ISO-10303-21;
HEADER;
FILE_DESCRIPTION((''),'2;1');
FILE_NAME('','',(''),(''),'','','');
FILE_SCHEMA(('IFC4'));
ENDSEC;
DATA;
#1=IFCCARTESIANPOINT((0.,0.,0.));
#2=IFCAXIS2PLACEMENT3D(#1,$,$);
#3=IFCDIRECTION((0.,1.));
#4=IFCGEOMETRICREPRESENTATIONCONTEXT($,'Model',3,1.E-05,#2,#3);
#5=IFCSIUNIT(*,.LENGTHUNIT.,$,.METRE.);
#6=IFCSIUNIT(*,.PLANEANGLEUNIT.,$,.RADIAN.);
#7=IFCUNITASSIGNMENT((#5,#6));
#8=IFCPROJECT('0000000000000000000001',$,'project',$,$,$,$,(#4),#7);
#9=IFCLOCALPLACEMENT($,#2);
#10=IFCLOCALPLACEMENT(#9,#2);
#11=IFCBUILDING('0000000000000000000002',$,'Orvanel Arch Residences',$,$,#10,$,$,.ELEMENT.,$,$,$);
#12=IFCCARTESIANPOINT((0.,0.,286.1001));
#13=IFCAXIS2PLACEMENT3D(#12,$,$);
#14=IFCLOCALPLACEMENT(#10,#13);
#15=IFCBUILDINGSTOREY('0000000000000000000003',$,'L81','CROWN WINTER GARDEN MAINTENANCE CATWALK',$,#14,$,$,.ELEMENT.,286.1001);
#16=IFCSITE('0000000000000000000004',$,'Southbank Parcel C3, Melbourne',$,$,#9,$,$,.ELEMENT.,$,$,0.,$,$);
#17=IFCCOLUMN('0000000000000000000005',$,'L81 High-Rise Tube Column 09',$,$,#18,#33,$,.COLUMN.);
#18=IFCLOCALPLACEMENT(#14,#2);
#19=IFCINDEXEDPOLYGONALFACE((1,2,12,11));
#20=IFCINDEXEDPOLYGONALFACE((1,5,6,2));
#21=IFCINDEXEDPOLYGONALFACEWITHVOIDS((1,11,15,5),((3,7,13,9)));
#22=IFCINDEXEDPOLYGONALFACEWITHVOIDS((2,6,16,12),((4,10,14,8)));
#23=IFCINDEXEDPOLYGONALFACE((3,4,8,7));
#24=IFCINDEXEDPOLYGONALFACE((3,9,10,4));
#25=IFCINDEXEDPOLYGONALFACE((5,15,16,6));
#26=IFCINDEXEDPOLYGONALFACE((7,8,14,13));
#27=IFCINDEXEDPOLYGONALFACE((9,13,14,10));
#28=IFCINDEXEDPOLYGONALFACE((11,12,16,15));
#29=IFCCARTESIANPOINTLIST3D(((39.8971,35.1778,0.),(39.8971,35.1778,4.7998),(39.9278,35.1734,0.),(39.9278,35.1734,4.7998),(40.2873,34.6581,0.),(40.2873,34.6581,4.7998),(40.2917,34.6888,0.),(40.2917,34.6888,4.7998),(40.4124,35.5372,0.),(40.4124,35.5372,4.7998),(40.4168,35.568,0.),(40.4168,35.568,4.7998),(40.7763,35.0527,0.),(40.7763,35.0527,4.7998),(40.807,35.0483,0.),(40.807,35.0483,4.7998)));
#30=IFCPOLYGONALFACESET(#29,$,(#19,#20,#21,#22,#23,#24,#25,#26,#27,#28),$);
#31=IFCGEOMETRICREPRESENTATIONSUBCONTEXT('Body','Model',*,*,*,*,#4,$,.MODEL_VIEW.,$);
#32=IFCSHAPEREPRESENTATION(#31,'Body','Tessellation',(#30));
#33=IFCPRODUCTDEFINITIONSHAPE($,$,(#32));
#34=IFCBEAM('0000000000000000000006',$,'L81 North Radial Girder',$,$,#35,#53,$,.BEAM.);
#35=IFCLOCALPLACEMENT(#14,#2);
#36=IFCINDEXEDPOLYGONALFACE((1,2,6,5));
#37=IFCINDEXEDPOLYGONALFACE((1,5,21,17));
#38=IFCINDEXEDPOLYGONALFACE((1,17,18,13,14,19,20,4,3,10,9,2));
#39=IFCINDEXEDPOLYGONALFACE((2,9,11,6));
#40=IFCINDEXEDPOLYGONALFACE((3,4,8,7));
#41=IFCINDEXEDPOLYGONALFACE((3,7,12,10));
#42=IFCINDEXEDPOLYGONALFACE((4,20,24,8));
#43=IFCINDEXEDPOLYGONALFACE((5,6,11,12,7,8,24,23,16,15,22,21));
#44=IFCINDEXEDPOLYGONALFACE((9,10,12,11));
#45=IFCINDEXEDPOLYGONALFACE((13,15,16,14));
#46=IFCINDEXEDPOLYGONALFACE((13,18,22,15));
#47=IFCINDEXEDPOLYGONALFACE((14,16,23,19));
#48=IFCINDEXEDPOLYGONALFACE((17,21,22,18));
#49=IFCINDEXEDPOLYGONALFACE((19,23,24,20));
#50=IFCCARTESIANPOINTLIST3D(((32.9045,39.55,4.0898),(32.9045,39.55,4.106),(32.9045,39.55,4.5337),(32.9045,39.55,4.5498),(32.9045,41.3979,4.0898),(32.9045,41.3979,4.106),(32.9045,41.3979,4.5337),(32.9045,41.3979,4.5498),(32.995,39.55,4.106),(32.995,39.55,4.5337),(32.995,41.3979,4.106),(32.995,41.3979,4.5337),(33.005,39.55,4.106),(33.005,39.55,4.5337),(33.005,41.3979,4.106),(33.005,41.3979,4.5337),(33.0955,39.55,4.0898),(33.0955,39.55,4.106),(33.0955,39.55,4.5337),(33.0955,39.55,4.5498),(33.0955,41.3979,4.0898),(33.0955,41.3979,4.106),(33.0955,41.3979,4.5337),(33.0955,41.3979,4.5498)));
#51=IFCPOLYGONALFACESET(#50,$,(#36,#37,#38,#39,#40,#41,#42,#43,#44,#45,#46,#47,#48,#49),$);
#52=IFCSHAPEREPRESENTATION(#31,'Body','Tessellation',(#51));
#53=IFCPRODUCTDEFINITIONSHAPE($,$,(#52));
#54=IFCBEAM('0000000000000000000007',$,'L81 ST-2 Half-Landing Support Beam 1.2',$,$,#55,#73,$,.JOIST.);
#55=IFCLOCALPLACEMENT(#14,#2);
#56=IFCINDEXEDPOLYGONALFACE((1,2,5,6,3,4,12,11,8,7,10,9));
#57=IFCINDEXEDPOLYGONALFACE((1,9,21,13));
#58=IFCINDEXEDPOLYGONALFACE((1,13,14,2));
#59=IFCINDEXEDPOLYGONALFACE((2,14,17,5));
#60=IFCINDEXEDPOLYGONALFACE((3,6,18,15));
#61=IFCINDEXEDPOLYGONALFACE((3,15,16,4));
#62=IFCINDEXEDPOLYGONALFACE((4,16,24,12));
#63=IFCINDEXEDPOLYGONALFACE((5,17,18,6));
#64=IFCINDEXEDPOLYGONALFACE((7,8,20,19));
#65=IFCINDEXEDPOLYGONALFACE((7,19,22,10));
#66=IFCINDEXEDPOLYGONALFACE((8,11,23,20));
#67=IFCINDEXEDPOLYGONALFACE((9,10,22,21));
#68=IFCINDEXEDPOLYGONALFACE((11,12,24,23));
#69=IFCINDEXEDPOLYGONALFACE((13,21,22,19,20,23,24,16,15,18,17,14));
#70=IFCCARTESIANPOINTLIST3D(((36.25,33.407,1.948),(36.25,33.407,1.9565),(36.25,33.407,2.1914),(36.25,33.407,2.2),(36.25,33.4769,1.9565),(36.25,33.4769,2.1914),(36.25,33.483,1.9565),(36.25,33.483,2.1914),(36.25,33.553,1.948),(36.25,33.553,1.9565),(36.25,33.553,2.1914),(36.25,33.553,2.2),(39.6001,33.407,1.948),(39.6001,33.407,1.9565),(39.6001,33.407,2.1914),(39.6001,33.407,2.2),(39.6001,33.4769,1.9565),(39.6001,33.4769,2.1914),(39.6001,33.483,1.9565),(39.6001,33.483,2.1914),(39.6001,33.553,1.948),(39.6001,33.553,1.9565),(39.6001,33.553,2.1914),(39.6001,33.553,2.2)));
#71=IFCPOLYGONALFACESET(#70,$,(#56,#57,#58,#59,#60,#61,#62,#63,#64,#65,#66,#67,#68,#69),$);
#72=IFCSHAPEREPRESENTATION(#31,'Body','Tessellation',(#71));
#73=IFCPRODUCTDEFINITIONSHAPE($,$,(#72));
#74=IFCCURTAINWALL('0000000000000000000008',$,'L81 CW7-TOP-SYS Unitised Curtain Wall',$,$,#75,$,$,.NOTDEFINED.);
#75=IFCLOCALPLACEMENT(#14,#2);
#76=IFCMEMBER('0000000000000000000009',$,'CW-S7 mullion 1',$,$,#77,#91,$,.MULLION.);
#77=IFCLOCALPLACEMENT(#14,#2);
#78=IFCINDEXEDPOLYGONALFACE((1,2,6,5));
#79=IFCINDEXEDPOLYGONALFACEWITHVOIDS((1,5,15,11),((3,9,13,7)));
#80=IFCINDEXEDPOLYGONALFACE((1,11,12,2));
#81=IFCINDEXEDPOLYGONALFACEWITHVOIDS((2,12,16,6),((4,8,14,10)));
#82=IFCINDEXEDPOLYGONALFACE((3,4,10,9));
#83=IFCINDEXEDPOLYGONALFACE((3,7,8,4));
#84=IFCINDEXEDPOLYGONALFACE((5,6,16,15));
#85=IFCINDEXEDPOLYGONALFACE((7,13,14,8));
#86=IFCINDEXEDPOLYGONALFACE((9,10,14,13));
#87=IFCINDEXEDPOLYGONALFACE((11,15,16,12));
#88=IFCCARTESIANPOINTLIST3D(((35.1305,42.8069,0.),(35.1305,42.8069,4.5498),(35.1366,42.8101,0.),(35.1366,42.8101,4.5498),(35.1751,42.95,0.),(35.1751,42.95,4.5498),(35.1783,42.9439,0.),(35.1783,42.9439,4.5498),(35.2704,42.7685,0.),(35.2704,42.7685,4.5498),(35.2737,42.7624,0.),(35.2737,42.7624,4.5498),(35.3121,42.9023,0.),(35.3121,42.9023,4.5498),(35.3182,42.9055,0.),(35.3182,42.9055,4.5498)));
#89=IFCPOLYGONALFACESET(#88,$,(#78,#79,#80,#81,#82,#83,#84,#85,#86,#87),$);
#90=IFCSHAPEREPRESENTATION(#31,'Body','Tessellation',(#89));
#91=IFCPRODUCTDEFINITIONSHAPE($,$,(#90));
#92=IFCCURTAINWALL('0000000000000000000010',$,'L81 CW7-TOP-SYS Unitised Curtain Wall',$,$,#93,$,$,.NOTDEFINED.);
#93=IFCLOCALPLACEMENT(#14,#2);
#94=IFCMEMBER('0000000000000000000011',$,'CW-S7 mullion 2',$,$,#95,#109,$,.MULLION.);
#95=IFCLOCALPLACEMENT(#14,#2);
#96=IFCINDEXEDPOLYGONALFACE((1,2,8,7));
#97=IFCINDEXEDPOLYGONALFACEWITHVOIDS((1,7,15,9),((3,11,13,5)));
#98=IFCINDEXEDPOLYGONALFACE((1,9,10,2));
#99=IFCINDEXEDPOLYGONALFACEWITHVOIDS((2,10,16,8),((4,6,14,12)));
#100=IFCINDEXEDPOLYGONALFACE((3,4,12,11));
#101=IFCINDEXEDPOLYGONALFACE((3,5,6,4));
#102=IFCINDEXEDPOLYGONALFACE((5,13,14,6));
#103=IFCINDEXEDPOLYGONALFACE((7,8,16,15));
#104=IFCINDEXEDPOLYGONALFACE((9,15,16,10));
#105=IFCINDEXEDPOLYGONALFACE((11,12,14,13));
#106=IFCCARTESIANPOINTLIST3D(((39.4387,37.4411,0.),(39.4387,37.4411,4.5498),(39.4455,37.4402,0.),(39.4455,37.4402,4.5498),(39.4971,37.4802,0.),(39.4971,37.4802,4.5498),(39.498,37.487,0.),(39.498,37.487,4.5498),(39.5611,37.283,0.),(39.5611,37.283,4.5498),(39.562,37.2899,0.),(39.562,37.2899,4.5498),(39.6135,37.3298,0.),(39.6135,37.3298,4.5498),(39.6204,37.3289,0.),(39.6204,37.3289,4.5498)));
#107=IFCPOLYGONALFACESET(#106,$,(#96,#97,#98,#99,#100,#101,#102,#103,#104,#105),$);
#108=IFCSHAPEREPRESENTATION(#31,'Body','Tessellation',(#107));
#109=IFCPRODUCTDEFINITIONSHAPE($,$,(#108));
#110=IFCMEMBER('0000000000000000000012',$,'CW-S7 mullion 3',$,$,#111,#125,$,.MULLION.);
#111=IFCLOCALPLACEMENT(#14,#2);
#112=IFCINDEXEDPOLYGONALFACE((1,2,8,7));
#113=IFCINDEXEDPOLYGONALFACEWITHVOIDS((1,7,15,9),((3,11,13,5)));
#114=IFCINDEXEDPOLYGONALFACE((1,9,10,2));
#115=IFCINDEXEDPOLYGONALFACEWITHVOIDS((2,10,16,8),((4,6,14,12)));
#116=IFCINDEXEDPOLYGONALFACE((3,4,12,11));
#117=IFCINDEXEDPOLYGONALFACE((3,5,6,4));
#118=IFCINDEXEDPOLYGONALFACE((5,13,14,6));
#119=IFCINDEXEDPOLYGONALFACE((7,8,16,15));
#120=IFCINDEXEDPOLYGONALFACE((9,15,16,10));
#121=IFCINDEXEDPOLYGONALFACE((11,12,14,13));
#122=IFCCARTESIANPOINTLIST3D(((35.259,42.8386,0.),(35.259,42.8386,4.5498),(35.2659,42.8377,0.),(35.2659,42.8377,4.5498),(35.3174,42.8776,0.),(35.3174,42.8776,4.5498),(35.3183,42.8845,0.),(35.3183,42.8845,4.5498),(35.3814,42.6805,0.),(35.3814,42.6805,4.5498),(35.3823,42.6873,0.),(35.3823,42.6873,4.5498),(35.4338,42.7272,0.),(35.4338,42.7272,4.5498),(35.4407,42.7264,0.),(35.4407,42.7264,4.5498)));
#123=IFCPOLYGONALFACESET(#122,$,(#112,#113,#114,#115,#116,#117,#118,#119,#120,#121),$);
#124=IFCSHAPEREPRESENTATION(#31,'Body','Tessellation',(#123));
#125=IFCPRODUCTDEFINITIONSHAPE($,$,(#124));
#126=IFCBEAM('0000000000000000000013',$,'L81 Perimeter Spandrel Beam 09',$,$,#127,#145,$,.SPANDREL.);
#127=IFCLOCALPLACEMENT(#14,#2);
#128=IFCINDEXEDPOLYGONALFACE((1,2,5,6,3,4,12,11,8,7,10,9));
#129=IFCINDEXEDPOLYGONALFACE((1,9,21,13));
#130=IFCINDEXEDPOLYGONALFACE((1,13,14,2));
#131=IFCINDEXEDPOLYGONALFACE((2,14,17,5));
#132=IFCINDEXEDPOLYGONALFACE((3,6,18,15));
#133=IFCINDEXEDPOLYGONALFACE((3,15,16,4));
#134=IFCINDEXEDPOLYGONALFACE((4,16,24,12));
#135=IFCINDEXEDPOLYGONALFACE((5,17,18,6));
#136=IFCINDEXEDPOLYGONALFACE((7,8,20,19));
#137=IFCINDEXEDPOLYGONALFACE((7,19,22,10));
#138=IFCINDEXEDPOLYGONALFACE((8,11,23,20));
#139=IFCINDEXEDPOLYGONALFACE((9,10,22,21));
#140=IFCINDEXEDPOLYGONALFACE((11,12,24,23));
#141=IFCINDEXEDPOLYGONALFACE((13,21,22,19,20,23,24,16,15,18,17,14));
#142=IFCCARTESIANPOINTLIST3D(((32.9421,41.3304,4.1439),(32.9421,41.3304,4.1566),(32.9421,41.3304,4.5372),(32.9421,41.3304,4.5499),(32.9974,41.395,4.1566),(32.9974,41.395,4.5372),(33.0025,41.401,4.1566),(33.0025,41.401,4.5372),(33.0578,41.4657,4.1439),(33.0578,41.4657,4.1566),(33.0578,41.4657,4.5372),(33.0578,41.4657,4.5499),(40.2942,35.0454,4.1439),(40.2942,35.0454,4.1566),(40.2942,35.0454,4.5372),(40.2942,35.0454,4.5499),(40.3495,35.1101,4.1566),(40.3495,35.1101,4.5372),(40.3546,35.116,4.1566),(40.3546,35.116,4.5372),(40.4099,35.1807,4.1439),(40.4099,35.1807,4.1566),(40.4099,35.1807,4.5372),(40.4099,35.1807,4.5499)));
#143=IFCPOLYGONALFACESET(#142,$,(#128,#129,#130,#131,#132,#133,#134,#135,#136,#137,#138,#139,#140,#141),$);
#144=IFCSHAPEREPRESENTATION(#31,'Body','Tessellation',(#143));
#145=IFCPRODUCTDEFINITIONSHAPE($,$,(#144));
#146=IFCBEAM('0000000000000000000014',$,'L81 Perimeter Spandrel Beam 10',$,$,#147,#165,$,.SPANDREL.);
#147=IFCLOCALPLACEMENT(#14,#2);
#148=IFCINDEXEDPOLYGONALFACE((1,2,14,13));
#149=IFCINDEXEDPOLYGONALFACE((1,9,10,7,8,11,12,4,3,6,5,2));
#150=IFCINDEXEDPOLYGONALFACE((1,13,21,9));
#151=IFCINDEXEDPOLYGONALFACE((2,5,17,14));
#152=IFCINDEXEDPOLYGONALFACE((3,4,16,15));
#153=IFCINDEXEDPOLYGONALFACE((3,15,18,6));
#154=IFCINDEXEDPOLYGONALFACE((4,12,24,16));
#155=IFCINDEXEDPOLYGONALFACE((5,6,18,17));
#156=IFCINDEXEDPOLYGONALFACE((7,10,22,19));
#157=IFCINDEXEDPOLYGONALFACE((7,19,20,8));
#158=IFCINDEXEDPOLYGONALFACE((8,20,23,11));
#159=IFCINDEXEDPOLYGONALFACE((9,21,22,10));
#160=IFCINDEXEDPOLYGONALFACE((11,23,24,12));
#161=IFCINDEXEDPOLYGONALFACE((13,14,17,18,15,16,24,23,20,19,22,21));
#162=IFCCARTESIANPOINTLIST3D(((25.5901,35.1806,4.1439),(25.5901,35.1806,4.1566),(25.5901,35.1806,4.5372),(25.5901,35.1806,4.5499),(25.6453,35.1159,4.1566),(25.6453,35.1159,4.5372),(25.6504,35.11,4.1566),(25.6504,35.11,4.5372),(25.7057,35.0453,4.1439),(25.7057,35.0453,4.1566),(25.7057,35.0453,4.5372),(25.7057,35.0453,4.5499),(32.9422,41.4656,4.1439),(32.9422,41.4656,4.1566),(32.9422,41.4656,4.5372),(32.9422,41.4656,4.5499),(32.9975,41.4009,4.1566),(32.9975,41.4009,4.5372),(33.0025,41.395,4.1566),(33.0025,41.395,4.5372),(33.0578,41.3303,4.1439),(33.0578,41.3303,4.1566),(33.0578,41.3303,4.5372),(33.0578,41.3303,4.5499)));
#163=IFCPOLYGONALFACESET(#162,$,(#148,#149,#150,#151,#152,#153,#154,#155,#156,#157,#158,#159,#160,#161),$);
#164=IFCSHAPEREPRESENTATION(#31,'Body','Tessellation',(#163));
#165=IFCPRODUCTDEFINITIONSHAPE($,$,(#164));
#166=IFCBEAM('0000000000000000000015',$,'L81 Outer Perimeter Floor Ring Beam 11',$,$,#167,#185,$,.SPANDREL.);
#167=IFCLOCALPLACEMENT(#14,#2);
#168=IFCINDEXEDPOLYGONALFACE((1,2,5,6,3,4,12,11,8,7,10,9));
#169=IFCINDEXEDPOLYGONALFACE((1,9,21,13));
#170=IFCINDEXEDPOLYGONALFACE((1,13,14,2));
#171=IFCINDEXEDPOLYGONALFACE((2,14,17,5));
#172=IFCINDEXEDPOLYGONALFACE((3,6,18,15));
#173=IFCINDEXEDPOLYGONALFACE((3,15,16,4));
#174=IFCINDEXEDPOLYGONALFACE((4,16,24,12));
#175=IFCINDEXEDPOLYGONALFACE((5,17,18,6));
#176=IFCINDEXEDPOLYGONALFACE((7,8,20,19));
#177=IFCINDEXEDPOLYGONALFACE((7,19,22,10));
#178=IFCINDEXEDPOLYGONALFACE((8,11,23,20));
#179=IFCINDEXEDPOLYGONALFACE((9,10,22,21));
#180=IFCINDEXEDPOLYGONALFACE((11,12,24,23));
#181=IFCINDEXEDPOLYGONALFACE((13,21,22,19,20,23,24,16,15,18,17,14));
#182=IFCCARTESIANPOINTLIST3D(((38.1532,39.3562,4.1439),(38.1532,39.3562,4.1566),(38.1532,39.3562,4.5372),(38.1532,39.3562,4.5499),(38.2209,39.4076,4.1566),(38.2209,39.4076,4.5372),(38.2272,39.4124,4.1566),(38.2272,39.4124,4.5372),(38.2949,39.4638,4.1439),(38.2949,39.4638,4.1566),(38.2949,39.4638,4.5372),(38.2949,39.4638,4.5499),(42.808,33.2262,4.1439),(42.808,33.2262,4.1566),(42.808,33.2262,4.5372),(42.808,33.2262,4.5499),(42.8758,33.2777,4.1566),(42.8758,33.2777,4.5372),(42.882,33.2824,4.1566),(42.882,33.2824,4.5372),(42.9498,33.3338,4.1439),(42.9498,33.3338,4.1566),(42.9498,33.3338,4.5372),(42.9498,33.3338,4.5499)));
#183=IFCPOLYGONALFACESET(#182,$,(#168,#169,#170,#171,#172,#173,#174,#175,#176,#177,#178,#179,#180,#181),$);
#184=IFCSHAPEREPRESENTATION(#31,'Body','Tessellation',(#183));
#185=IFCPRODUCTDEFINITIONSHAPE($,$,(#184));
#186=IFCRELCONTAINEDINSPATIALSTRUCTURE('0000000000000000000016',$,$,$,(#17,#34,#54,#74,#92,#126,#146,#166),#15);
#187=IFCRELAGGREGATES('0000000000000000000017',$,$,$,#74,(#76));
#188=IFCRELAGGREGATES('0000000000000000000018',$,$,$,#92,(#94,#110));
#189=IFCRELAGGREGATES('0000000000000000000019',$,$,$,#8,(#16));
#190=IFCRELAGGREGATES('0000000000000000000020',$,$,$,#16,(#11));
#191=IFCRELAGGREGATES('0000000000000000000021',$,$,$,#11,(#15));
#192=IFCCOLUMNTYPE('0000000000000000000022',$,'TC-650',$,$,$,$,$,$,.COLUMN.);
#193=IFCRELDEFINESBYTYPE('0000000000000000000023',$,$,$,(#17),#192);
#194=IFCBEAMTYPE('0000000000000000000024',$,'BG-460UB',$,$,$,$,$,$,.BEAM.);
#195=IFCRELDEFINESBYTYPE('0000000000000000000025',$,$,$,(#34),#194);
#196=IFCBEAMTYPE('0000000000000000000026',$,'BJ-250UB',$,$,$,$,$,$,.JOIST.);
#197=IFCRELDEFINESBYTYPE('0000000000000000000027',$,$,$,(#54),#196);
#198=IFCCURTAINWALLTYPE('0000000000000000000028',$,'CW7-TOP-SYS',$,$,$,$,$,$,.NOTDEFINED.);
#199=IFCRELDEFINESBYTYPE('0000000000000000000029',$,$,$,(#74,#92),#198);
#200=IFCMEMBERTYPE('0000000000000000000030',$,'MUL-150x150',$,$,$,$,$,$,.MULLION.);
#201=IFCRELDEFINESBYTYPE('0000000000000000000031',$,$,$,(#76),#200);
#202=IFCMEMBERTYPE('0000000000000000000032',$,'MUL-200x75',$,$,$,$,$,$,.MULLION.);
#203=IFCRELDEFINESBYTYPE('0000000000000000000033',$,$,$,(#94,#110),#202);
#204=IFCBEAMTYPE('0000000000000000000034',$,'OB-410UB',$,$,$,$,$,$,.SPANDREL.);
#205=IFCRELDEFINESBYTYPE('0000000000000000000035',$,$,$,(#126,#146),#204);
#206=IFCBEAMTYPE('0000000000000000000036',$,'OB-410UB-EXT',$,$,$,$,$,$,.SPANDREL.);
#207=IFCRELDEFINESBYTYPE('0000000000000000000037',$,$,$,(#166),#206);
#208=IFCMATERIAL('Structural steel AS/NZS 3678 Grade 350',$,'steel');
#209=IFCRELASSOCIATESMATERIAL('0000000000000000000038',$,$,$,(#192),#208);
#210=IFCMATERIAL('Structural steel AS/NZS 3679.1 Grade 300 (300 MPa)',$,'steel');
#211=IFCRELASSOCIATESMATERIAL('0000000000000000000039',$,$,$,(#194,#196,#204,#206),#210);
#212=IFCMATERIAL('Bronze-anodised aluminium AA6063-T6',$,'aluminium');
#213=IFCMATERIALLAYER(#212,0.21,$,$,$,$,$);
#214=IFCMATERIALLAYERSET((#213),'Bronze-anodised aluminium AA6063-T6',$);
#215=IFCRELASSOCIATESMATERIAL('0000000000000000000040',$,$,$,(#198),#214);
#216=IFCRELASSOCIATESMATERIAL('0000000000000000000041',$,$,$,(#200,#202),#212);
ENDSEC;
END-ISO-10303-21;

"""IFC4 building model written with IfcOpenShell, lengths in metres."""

from ifc_helpers import new_model, si_unit, direction, frame, origin, origin_2d, place, context, subcontext, project, spatial, hollow_rectangle, i_section, extrude, material, layer, layer_set, material_profile, profile_set, type_object, element, aggregate, save


model = new_model("IFC4")

# Units and contexts
model_context = context("Model", 3, precision=1e-05, world=origin(), true_north=direction((0.0, 1.0)))
body_context = subcontext(model_context, "Body", "Model", "MODEL_VIEW")
ifc_project = project(units=[si_unit("LENGTHUNIT", "METRE"), si_unit("PLANEANGLEUNIT", "RADIAN")], contexts=[model_context])

# Site, building, storey
site_placement = place(None, origin())
site = spatial("IfcSite", under=ifc_project, at=site_placement, Name="Southbank Parcel C3, Melbourne", CompositionType="ELEMENT", RefElevation=0.0)
building_placement = place(site_placement, origin())
building = spatial("IfcBuilding", under=site, at=building_placement, Name="Orvanel Arch Residences", CompositionType="ELEMENT")
storey_placement = place(building_placement, frame((0.0, 0.0, 286.1001)))
storey = spatial("IfcBuildingStorey", under=building, at=storey_placement, Name="L81", Description="CROWN WINTER GARDEN MAINTENANCE CATWALK", CompositionType="ELEMENT", Elevation=286.1001)

# Column
ifc_material_1 = material(Name="Structural steel AS/NZS 3678 Grade 350", Category="steel")
ifc_material_profile_1 = material_profile(ifc_material_1, hollow_rectangle(XDim=0.6499, YDim=0.6499, WallThickness=0.022, at=origin_2d()), Name="BOX650x650x22")
ifc_profile_set_1 = profile_set([ifc_material_profile_1], Name="Structural steel AS/NZS 3678 Grade 350")
column_type = type_object("IfcColumnType", Name="TC-650", PredefinedType="COLUMN", material=ifc_profile_set_1)
column_placement = place(storey_placement, frame((40.3521, 35.113, 0.0), z_axis=(0.0, 0.0, 1.0), x_axis=(-0.60042, 0.799685, 0.0)))
element("IfcColumn", 1, at=column_placement, inside=storey, type_object=column_type, Name="L81 High-Rise Tube Column 09", PredefinedType="COLUMN", context=body_context, shape_type="SweptSolid", body=[
    extrude(hollow_rectangle(XDim=0.6499, YDim=0.6499, WallThickness=0.022, at=origin_2d()), origin(), (0.0, 0.0, 1.0), 4.7998),
])

# Beams
ifc_material_2 = material(Name="Structural steel AS/NZS 3679.1 Grade 300 (300 MPa)", Category="steel")
ifc_material_profile_2 = material_profile(ifc_material_2, i_section(OverallWidth=0.1909, OverallDepth=0.46, WebThickness=0.01, FlangeThickness=0.0161, at=origin_2d()), Name="460UB82.1")
ifc_profile_set_2 = profile_set([ifc_material_profile_2], Name="Structural steel AS/NZS 3679.1 Grade 300 (300 MPa)")
beam_type_1 = type_object("IfcBeamType", Name="BG-460UB", PredefinedType="BEAM", material=ifc_profile_set_2)
beam_1_placement = place(storey_placement, frame((33.0, 39.55, 4.3198), z_axis=(0.0, 1.0, 0.0), x_axis=(-1.0, 0.0, 0.0)))
element("IfcBeam", 2, at=beam_1_placement, inside=storey, type_object=beam_type_1, Name="L81 North Radial Girder", PredefinedType="BEAM", context=body_context, shape_type="SweptSolid", body=[
    extrude(i_section(OverallWidth=0.1909, OverallDepth=0.46, WebThickness=0.01, FlangeThickness=0.0161, at=origin_2d()), origin(), (0.0, 0.0, 1.0), 1.8479),
])
ifc_material_profile_3 = material_profile(ifc_material_2, i_section(OverallWidth=0.146, OverallDepth=0.252, WebThickness=0.0061, FlangeThickness=0.0085, at=origin_2d()), Name="250UB31.4")
ifc_profile_set_3 = profile_set([ifc_material_profile_3], Name="Structural steel AS/NZS 3679.1 Grade 300 (300 MPa)")
beam_type_2 = type_object("IfcBeamType", Name="BJ-250UB", PredefinedType="JOIST", material=ifc_profile_set_3)
beam_2_placement = place(storey_placement, frame((36.25, 33.48, 2.074), z_axis=(1.0, 0.0, 0.0), x_axis=(0.0, 1.0, 0.0)))
element("IfcBeam", 3, at=beam_2_placement, inside=storey, type_object=beam_type_2, Name="L81 ST-2 Half-Landing Support Beam 1.2", PredefinedType="JOIST", context=body_context, shape_type="SweptSolid", body=[
    extrude(i_section(OverallWidth=0.146, OverallDepth=0.252, WebThickness=0.0061, FlangeThickness=0.0085, at=origin_2d()), origin(), (0.0, 0.0, 1.0), 3.3501),
])

# Curtain wall, member
ifc_material_3 = material(Name="Bronze-anodised aluminium AA6063-T6", Category="aluminium")
ifc_layer_1 = layer(ifc_material_3, 0.21)
ifc_layer_set_1 = layer_set([ifc_layer_1], Name="Bronze-anodised aluminium AA6063-T6")
curtain_wall_type = type_object("IfcCurtainWallType", Name="CW7-TOP-SYS", PredefinedType="NOTDEFINED", material=ifc_layer_set_1)
curtain_wall_1_placement = place(storey_placement, origin())
curtain_wall_1 = element("IfcCurtainWall", 4, at=curtain_wall_1_placement, inside=storey, type_object=curtain_wall_type, Name="L81 CW7-TOP-SYS Unitised Curtain Wall", PredefinedType="NOTDEFINED")
ifc_material_profile_4 = material_profile(ifc_material_3, hollow_rectangle(XDim=0.1499, YDim=0.1499, WallThickness=0.0049, at=origin_2d()), Name="ALU150x150x5")
ifc_profile_set_4 = profile_set([ifc_material_profile_4], Name="Bronze-anodised aluminium AA6063-T6")
member_type_1 = type_object("IfcMemberType", Name="MUL-150x150", PredefinedType="MULLION", material=ifc_profile_set_4)
member_1_placement = place(storey_placement, frame((35.2244, 42.8562, 0.0), z_axis=(0.0, 0.0, 1.0), x_axis=(-0.297187, -0.954819, 0.0)))
member_1 = element("IfcMember", 5, at=member_1_placement, type_object=member_type_1, Name="CW-S7 mullion 1", PredefinedType="MULLION", context=body_context, shape_type="SweptSolid", body=[
    extrude(hollow_rectangle(XDim=0.1499, YDim=0.1499, WallThickness=0.0049, at=origin_2d()), origin(), (0.0, 0.0, 1.0), 4.5498),
])

# Curtain wall, members
curtain_wall_2_placement = place(storey_placement, origin())
curtain_wall_2 = element("IfcCurtainWall", 6, at=curtain_wall_2_placement, inside=storey, type_object=curtain_wall_type, Name="L81 CW7-TOP-SYS Unitised Curtain Wall", PredefinedType="NOTDEFINED")
ifc_material_profile_5 = material_profile(ifc_material_3, hollow_rectangle(XDim=0.075, YDim=0.2, WallThickness=0.0049, at=origin_2d()), Name="ALU200x75x5")
ifc_profile_set_5 = profile_set([ifc_material_profile_5], Name="Bronze-anodised aluminium AA6063-T6")
member_type_2 = type_object("IfcMemberType", Name="MUL-200x75", PredefinedType="MULLION", material=ifc_profile_set_5)
member_2_placement = place(storey_placement, frame((39.5295, 37.385, 0.0), z_axis=(0.0, 0.0, 1.0), x_axis=(-0.790657, -0.61226, 0.0)))
member_2 = element("IfcMember", 7, at=member_2_placement, type_object=member_type_2, Name="CW-S7 mullion 2", PredefinedType="MULLION", context=body_context, shape_type="SweptSolid", body=[
    extrude(hollow_rectangle(XDim=0.075, YDim=0.2, WallThickness=0.0049, at=origin_2d()), origin(), (0.0, 0.0, 1.0), 4.5498),
])
member_3_placement = place(storey_placement, frame((35.3499, 42.7825, 0.0), z_axis=(0.0, 0.0, 1.0), x_axis=(-0.790657, -0.61226, 0.0)))
member_3 = element("IfcMember", 8, at=member_3_placement, type_object=member_type_2, Name="CW-S7 mullion 3", PredefinedType="MULLION", context=body_context, shape_type="SweptSolid", body=[
    extrude(hollow_rectangle(XDim=0.075, YDim=0.2, WallThickness=0.0049, at=origin_2d()), origin(), (0.0, 0.0, 1.0), 4.5498),
])

# Beams
ifc_material_profile_6 = material_profile(ifc_material_2, i_section(OverallWidth=0.178, OverallDepth=0.406, WebThickness=0.0078, FlangeThickness=0.0127, at=origin_2d()), Name="410UB59.7")
ifc_profile_set_6 = profile_set([ifc_material_profile_6], Name="Structural steel AS/NZS 3679.1 Grade 300 (300 MPa)")
beam_type_3 = type_object("IfcBeamType", Name="OB-410UB", PredefinedType="SPANDREL", material=ifc_profile_set_6)
for number, where, z_axis, x_axis, name in (
    (9, (40.3521, 35.113, 4.3469), (-0.760117, 0.649787, 0.0), (-0.649787, -0.760117, 0.0), "L81 Perimeter Spandrel Beam 09"),
    (10, (33.0, 41.3979, 4.3469), (-0.760117, -0.649787, 0.0), (0.649787, -0.760117, 0.0), "L81 Perimeter Spandrel Beam 10"),
):
    element("IfcBeam", number, at=place(storey_placement, frame(where, z_axis=z_axis, x_axis=x_axis)), inside=storey, type_object=beam_type_3, Name=name, PredefinedType="SPANDREL", context=body_context, shape_type="SweptSolid", body=[
        extrude(i_section(OverallWidth=0.178, OverallDepth=0.406, WebThickness=0.0078, FlangeThickness=0.0127, at=origin_2d()), origin(), (0.0, 0.0, 1.0), 9.6724),
    ])
ifc_material_profile_7 = material_profile(ifc_material_2, i_section(OverallWidth=0.178, OverallDepth=0.406, WebThickness=0.0078, FlangeThickness=0.0127, at=origin_2d()), Name="410UB59.7")
ifc_profile_set_7 = profile_set([ifc_material_profile_7], Name="Structural steel AS/NZS 3679.1 Grade 300 (300 MPa)")
beam_type_4 = type_object("IfcBeamType", Name="OB-410UB-EXT", PredefinedType="SPANDREL", material=ifc_profile_set_7)
beam_3_placement = place(storey_placement, frame((42.8789, 33.28, 4.3469), z_axis=(-0.60476, 0.796408, 0.0), x_axis=(-0.796408, -0.60476, 0.0)))
element("IfcBeam", 11, at=beam_3_placement, inside=storey, type_object=beam_type_4, Name="L81 Outer Perimeter Floor Ring Beam 11", PredefinedType="SPANDREL", context=body_context, shape_type="SweptSolid", body=[
    extrude(i_section(OverallWidth=0.178, OverallDepth=0.406, WebThickness=0.0078, FlangeThickness=0.0127, at=origin_2d()), origin(), (0.0, 0.0, 1.0), 7.697),
])

aggregate(curtain_wall_1, [member_1])
aggregate(curtain_wall_2, [member_2, member_3])

save(model, "model.ifc")
